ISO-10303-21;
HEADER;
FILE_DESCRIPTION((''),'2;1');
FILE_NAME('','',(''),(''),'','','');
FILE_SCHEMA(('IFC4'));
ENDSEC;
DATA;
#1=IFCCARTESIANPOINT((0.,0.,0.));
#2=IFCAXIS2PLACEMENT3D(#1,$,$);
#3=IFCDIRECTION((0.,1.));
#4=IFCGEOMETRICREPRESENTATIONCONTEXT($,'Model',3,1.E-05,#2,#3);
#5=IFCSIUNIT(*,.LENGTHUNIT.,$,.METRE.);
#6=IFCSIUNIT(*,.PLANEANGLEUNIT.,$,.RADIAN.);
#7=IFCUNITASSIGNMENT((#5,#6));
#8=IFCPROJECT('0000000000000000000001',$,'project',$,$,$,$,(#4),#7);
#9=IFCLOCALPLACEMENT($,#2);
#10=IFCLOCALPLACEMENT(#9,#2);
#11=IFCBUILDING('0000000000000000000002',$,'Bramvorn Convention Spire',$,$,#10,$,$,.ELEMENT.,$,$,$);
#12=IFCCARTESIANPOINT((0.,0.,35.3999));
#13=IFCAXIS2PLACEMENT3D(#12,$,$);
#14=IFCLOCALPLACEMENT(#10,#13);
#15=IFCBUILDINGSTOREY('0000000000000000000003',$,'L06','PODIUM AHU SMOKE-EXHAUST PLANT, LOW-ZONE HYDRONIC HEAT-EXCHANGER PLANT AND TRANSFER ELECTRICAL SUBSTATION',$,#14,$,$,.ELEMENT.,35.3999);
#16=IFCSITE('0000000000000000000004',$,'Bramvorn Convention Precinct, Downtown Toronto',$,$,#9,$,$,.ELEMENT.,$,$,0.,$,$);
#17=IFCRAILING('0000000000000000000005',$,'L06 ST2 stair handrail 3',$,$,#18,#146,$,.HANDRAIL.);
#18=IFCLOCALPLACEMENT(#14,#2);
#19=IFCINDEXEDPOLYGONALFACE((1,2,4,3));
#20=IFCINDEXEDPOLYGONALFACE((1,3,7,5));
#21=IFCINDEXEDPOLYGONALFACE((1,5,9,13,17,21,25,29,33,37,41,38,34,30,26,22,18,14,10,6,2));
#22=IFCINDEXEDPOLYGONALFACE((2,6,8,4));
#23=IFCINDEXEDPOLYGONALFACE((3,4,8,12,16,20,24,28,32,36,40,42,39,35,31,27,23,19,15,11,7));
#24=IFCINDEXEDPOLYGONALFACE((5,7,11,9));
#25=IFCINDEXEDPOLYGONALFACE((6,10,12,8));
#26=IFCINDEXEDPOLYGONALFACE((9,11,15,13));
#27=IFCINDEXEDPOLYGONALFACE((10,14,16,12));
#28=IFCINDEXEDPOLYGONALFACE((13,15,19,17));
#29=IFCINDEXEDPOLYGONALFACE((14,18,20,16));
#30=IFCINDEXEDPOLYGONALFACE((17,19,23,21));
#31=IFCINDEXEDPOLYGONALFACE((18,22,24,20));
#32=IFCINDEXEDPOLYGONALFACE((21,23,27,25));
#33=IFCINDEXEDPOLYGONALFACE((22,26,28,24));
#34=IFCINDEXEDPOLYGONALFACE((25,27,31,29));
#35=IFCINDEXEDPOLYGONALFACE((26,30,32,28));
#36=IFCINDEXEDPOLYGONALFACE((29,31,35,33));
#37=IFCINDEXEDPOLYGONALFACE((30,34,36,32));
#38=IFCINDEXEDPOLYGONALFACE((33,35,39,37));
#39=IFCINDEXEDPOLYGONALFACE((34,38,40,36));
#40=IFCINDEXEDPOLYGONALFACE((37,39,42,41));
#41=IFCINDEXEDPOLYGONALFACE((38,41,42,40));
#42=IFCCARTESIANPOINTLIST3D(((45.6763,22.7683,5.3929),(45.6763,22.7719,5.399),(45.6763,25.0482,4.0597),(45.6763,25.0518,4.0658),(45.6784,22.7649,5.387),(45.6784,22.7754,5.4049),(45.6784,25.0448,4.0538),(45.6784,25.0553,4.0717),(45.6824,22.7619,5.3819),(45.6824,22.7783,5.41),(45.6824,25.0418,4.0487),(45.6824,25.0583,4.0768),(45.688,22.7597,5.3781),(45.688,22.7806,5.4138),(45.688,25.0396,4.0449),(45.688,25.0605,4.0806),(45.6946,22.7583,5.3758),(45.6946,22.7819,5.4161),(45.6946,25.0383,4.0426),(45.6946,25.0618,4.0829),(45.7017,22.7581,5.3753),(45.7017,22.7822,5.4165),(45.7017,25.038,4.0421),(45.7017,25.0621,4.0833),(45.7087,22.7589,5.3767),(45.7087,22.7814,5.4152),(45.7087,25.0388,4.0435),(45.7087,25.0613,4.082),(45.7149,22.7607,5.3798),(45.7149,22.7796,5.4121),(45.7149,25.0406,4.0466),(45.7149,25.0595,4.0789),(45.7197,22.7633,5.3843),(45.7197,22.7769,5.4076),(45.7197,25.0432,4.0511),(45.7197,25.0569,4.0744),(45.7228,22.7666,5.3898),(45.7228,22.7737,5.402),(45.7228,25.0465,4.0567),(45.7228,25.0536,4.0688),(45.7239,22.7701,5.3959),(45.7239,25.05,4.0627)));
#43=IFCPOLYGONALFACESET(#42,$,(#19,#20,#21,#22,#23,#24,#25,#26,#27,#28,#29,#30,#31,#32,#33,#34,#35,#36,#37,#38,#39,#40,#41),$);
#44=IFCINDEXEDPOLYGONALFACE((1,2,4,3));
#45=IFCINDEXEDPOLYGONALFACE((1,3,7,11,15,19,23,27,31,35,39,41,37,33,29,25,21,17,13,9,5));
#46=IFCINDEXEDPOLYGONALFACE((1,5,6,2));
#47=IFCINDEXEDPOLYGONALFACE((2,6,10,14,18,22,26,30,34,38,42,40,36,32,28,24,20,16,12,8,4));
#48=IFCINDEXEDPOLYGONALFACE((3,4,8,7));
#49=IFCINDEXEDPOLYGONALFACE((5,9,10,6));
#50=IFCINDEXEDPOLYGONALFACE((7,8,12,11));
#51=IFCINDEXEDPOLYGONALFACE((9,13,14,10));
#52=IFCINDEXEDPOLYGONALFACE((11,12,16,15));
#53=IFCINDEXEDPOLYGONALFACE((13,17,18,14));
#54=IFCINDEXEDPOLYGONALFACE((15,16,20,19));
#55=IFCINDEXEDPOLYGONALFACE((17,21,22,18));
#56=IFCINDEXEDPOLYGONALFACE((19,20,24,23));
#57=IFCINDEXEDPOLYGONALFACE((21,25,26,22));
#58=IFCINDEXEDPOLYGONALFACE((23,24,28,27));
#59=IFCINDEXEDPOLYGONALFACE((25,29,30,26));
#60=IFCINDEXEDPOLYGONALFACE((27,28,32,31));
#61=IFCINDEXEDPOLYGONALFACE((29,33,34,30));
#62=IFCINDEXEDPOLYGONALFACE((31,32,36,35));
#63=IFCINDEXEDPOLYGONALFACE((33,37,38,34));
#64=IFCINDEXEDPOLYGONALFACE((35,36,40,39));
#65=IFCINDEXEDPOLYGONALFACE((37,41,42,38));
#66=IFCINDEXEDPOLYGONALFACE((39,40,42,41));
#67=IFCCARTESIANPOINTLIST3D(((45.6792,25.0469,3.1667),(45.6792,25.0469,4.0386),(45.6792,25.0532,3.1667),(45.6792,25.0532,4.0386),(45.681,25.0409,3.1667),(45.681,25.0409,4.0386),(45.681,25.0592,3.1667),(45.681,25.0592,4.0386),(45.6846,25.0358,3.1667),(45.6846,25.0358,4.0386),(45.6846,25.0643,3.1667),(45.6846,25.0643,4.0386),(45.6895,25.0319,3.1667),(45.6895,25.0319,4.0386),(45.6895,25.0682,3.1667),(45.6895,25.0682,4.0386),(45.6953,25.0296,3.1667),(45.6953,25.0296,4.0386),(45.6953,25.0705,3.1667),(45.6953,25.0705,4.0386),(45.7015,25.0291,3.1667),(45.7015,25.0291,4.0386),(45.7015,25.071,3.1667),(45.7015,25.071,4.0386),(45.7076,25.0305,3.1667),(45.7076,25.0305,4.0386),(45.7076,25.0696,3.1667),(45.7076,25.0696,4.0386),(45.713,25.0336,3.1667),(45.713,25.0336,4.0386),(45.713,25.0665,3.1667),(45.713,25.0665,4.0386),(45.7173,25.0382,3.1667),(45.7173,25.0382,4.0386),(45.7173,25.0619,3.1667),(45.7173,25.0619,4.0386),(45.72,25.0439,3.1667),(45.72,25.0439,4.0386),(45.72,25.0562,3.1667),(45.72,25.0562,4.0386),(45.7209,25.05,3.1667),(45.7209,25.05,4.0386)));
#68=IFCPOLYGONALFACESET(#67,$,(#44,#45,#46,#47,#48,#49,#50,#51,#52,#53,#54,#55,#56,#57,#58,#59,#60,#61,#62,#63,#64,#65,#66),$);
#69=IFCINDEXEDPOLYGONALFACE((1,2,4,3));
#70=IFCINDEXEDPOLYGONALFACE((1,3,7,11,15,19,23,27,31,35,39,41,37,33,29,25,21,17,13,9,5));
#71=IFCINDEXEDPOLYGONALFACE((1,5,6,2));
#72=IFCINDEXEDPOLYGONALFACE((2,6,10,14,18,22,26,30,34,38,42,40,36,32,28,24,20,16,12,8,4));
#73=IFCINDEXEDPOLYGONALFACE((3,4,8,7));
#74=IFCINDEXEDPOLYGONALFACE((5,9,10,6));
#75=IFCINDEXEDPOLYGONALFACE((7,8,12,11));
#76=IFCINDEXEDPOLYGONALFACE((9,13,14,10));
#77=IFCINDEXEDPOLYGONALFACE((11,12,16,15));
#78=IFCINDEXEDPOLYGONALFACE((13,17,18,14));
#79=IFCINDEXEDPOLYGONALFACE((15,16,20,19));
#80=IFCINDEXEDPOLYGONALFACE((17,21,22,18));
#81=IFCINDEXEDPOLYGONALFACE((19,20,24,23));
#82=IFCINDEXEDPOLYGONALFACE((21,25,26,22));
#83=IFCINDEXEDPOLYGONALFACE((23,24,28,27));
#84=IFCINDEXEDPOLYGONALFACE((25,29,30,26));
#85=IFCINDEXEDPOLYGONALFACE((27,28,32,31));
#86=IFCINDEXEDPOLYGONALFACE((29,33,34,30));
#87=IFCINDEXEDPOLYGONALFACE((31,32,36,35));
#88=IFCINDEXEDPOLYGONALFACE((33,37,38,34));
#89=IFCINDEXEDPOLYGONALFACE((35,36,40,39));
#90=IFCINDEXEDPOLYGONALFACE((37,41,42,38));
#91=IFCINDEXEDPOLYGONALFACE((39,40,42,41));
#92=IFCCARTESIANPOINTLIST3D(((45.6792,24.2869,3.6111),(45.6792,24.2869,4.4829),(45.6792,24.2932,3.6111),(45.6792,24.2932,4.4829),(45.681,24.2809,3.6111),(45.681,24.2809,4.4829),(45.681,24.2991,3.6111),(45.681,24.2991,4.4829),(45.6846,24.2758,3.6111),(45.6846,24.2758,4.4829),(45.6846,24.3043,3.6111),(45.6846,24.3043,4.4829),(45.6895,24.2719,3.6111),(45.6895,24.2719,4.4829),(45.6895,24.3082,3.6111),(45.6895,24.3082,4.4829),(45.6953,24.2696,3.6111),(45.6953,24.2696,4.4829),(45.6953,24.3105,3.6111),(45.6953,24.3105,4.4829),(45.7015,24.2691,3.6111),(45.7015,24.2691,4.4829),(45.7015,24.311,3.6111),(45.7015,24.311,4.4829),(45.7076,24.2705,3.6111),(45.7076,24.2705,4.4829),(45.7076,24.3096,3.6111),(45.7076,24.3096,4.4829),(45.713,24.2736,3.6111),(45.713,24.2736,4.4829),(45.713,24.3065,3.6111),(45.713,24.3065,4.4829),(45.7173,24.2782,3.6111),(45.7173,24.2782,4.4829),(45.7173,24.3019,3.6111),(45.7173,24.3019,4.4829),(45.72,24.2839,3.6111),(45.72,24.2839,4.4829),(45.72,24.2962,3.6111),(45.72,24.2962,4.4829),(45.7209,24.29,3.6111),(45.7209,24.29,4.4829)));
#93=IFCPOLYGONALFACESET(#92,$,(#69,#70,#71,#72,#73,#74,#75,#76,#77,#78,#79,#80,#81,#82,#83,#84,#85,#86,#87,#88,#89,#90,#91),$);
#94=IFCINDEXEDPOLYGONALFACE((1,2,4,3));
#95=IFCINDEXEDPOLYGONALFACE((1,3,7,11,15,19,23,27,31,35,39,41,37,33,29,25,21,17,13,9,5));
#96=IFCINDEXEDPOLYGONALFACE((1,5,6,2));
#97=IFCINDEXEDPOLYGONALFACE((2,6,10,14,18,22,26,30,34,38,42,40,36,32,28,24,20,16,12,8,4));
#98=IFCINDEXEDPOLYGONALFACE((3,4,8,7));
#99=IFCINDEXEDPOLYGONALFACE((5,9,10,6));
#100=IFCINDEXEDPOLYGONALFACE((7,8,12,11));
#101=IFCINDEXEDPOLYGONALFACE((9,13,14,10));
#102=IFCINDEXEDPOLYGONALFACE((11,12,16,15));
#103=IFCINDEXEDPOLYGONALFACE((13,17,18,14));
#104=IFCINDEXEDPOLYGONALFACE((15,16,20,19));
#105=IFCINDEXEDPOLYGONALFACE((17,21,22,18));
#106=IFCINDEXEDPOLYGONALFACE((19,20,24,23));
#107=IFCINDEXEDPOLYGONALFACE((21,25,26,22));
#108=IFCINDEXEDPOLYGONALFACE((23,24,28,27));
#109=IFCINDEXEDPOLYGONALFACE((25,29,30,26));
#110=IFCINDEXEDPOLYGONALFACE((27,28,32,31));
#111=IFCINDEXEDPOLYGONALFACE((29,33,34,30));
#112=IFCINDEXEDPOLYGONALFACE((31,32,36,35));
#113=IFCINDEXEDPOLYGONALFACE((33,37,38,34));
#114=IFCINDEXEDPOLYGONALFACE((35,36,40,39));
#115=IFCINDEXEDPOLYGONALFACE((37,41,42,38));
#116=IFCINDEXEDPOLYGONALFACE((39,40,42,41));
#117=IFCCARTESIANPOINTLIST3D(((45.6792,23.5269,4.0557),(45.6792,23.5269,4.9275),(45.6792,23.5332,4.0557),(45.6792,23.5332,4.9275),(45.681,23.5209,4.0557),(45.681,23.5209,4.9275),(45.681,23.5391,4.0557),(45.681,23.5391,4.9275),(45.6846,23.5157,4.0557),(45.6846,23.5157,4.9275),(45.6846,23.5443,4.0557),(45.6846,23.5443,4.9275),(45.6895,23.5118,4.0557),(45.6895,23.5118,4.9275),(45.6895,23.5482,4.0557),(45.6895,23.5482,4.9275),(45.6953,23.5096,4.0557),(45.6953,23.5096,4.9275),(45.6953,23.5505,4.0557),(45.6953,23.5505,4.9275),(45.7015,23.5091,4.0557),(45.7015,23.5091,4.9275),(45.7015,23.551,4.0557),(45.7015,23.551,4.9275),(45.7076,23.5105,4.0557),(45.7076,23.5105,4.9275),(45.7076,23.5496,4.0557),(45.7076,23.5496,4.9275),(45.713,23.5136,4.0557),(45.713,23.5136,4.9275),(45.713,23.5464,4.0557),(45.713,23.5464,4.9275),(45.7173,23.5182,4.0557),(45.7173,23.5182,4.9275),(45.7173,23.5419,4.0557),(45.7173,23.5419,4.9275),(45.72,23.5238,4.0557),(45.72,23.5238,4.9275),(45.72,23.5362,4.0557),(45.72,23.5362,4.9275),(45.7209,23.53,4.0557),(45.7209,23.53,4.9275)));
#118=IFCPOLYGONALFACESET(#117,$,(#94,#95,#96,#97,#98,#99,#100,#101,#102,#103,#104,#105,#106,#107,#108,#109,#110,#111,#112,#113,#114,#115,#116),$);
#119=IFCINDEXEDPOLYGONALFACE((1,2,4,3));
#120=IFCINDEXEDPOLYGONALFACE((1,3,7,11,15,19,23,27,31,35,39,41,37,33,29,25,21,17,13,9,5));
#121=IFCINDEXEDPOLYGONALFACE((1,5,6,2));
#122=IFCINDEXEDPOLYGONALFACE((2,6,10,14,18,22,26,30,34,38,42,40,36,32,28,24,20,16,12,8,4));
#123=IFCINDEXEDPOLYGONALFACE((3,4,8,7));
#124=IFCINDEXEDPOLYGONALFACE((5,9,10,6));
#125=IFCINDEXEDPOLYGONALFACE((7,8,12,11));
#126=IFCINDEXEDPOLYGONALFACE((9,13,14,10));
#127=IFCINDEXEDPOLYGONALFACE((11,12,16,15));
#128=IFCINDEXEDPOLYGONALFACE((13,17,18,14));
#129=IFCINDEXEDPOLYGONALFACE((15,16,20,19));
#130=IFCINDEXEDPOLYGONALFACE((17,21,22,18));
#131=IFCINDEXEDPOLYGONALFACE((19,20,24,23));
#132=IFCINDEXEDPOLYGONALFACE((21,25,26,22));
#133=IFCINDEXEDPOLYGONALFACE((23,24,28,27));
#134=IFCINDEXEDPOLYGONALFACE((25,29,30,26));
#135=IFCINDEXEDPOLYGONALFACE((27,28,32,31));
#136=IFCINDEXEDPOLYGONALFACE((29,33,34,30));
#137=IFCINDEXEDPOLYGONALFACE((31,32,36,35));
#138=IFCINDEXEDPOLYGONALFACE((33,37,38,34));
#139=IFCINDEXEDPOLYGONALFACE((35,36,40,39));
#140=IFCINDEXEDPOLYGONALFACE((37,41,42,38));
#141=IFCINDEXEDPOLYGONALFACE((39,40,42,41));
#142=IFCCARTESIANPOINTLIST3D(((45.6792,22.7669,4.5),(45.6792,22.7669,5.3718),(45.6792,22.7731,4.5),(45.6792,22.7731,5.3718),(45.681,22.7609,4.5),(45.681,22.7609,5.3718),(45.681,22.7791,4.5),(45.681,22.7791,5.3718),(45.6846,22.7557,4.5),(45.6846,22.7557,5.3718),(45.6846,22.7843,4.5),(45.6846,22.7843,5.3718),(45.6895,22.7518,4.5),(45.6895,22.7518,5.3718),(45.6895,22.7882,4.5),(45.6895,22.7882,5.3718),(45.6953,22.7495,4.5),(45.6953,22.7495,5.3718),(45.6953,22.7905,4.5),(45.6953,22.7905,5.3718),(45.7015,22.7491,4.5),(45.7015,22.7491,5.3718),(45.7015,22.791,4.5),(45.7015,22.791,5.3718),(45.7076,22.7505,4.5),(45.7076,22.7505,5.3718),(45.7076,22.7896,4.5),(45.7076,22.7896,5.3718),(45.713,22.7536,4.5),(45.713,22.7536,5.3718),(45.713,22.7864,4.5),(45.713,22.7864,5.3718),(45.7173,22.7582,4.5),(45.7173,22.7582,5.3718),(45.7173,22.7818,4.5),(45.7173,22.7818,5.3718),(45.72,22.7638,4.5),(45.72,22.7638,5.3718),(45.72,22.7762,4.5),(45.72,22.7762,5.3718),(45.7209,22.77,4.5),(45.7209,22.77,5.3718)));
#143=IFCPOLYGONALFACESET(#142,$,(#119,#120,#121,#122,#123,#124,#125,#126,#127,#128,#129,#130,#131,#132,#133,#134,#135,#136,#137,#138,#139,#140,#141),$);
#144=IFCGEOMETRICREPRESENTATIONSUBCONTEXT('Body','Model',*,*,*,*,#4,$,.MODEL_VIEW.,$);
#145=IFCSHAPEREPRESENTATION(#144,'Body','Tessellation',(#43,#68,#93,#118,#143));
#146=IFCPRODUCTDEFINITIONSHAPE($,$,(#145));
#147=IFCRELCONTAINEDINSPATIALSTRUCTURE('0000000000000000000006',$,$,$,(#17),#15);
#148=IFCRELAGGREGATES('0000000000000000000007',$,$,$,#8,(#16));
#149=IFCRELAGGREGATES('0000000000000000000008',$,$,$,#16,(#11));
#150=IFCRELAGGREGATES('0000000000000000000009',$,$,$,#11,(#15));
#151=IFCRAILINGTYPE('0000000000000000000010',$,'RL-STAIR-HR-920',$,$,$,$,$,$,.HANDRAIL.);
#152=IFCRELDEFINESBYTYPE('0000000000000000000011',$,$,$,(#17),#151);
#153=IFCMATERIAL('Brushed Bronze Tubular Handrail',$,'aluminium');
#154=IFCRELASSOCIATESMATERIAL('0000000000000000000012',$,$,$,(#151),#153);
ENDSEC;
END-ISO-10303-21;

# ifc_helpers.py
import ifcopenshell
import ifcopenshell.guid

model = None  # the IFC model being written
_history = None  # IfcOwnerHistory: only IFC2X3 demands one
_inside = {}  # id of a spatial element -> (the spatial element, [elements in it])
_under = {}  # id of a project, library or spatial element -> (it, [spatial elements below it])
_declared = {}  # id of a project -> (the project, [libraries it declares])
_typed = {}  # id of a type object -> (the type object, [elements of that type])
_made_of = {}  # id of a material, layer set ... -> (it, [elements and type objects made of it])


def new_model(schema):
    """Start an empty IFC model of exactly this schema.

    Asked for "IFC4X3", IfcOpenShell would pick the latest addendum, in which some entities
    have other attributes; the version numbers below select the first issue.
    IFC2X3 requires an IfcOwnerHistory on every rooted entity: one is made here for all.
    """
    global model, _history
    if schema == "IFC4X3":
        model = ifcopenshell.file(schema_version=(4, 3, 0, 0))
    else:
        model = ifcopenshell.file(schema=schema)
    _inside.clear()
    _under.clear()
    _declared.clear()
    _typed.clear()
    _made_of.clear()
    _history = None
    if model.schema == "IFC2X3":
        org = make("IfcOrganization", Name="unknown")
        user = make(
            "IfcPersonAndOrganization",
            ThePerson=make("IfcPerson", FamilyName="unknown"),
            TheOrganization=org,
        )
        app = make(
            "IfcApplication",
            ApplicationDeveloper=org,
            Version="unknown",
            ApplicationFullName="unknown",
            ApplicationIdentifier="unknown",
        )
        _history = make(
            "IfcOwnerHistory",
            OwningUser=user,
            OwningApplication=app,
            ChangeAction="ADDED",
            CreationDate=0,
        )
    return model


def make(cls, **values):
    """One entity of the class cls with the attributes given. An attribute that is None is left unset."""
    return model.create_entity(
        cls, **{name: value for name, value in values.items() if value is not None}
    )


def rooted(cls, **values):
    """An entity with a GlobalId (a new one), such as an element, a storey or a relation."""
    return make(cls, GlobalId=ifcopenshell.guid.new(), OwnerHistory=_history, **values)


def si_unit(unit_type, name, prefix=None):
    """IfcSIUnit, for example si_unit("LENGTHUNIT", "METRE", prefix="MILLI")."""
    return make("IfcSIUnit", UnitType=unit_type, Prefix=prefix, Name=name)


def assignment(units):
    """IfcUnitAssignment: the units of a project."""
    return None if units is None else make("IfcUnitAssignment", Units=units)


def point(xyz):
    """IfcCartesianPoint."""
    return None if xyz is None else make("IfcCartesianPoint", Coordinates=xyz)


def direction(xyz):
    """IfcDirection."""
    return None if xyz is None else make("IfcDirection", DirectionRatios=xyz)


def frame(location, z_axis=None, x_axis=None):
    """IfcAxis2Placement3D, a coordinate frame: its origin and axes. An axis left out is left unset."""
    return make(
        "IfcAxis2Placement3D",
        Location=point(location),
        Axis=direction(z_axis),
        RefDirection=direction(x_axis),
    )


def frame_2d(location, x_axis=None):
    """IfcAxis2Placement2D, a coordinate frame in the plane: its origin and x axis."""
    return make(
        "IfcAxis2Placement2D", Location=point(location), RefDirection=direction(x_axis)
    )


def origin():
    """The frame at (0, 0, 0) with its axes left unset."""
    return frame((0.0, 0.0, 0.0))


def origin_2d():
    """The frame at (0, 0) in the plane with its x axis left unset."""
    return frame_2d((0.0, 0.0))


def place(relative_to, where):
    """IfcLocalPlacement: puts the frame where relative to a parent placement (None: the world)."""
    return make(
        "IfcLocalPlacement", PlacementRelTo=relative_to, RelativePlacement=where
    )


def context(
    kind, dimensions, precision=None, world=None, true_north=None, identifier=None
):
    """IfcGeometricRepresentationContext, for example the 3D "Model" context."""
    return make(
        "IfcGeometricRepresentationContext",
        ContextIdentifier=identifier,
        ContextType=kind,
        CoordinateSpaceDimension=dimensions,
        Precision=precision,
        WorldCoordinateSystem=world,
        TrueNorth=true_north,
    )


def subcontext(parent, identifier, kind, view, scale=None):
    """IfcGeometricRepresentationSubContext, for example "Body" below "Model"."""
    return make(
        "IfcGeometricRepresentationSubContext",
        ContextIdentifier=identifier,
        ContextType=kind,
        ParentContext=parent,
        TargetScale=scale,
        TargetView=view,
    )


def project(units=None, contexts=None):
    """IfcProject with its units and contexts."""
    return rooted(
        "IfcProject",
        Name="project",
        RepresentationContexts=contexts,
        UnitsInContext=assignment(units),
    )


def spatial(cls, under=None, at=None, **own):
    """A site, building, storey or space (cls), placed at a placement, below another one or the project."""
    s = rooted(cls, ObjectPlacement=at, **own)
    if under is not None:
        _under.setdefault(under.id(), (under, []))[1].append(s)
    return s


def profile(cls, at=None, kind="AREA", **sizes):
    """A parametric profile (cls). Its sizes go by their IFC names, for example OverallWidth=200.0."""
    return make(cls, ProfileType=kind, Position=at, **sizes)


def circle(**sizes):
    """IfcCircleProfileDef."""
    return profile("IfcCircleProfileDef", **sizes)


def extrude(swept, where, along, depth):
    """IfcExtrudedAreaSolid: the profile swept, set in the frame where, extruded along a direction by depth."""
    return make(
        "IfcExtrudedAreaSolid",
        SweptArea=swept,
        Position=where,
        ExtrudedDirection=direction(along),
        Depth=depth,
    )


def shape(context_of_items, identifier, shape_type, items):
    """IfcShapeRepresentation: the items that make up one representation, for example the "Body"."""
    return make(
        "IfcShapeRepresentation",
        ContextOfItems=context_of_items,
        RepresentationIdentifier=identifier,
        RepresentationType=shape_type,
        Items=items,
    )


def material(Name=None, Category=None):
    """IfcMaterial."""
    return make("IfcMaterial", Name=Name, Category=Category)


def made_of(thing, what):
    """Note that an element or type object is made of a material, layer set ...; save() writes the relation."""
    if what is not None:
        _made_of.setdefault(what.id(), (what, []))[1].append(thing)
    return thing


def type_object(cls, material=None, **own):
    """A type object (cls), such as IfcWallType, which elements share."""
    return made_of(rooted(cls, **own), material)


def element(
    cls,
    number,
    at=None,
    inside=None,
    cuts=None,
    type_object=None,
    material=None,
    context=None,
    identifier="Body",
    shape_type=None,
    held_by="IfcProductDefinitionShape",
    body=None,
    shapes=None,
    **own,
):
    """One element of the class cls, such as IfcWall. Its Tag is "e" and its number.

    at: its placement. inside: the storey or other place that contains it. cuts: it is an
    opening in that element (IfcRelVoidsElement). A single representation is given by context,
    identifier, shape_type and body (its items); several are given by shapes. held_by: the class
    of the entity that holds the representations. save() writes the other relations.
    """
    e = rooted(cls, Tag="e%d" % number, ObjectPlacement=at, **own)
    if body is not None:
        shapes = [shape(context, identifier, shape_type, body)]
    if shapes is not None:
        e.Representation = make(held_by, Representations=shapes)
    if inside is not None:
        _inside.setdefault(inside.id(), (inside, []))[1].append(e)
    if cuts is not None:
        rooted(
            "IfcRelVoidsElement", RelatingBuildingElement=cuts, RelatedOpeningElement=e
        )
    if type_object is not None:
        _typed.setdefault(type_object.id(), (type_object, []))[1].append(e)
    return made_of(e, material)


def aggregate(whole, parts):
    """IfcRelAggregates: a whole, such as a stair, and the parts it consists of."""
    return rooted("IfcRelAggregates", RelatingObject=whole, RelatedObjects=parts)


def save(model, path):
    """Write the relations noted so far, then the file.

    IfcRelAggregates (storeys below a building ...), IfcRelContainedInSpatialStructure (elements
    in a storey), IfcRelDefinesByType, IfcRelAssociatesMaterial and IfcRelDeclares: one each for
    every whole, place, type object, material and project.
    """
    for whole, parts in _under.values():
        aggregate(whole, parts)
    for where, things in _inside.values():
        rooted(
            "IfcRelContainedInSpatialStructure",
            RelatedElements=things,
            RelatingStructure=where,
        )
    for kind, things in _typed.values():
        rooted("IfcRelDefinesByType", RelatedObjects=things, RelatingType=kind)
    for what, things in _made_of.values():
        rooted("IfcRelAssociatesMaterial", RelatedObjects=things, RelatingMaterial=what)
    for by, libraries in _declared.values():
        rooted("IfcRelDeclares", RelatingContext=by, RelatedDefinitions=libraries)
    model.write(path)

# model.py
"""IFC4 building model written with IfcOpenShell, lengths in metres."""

from ifc_helpers import new_model, si_unit, direction, frame, origin, origin_2d, place, context, subcontext, project, spatial, circle, extrude, material, type_object, element, save


model = new_model("IFC4")

# Units and contexts
model_context = context("Model", 3, precision=1e-05, world=origin(), true_north=direction((0.0, 1.0)))
body_context = subcontext(model_context, "Body", "Model", "MODEL_VIEW")
ifc_project = project(units=[si_unit("LENGTHUNIT", "METRE"), si_unit("PLANEANGLEUNIT", "RADIAN")], contexts=[model_context])

# Site, building, storey
site_placement = place(None, origin())
site = spatial("IfcSite", under=ifc_project, at=site_placement, Name="Bramvorn Convention Precinct, Downtown Toronto", CompositionType="ELEMENT", RefElevation=0.0)
building_placement = place(site_placement, origin())
building = spatial("IfcBuilding", under=site, at=building_placement, Name="Bramvorn Convention Spire", CompositionType="ELEMENT")
storey_placement = place(building_placement, frame((0.0, 0.0, 35.3999)))
storey = spatial("IfcBuildingStorey", under=building, at=storey_placement, Name="L06", Description="PODIUM AHU SMOKE-EXHAUST PLANT, LOW-ZONE HYDRONIC HEAT-EXCHANGER PLANT AND TRANSFER ELECTRICAL SUBSTATION", CompositionType="ELEMENT", Elevation=35.3999)

# Railing
ifc_material_1 = material(Name="Brushed Bronze Tubular Handrail", Category="aluminium")
railing_type_1 = type_object("IfcRailingType", Name="RL-STAIR-HR-920", PredefinedType="HANDRAIL", material=ifc_material_1)
for number, where, name in (
    (1, (45.7, 25.05, 3.1667), "L06 ST2 stair handrail 3"),
):
    element("IfcRailing", number, at=place(storey_placement, frame(where)), inside=storey, type_object=railing_type_1, Name=name, PredefinedType="HANDRAIL", context=body_context, shape_type="SweptSolid", body=[
        extrude(circle(Radius=0.0239, at=origin_2d()), frame((0.0, 0.0, 0.896), z_axis=(0.0, -0.863245, 0.504785), x_axis=(1.0, 0.0, 0.0)), (0.0, 0.0, 1.0), 2.6411),
        extrude(circle(Radius=0.021, at=origin_2d()), origin(), (0.0, 0.0, 1.0), 0.8718),
        extrude(circle(Radius=0.021, at=origin_2d()), frame((0.0, -0.76, 0.4443)), (0.0, 0.0, 1.0), 0.8718),
        extrude(circle(Radius=0.021, at=origin_2d()), frame((0.0, -1.52, 0.8889)), (0.0, 0.0, 1.0), 0.8718),
        extrude(circle(Radius=0.021, at=origin_2d()), frame((0.0, -2.28, 1.3333)), (0.0, 0.0, 1.0), 0.8718),
    ])

save(model, "model.ifc")
